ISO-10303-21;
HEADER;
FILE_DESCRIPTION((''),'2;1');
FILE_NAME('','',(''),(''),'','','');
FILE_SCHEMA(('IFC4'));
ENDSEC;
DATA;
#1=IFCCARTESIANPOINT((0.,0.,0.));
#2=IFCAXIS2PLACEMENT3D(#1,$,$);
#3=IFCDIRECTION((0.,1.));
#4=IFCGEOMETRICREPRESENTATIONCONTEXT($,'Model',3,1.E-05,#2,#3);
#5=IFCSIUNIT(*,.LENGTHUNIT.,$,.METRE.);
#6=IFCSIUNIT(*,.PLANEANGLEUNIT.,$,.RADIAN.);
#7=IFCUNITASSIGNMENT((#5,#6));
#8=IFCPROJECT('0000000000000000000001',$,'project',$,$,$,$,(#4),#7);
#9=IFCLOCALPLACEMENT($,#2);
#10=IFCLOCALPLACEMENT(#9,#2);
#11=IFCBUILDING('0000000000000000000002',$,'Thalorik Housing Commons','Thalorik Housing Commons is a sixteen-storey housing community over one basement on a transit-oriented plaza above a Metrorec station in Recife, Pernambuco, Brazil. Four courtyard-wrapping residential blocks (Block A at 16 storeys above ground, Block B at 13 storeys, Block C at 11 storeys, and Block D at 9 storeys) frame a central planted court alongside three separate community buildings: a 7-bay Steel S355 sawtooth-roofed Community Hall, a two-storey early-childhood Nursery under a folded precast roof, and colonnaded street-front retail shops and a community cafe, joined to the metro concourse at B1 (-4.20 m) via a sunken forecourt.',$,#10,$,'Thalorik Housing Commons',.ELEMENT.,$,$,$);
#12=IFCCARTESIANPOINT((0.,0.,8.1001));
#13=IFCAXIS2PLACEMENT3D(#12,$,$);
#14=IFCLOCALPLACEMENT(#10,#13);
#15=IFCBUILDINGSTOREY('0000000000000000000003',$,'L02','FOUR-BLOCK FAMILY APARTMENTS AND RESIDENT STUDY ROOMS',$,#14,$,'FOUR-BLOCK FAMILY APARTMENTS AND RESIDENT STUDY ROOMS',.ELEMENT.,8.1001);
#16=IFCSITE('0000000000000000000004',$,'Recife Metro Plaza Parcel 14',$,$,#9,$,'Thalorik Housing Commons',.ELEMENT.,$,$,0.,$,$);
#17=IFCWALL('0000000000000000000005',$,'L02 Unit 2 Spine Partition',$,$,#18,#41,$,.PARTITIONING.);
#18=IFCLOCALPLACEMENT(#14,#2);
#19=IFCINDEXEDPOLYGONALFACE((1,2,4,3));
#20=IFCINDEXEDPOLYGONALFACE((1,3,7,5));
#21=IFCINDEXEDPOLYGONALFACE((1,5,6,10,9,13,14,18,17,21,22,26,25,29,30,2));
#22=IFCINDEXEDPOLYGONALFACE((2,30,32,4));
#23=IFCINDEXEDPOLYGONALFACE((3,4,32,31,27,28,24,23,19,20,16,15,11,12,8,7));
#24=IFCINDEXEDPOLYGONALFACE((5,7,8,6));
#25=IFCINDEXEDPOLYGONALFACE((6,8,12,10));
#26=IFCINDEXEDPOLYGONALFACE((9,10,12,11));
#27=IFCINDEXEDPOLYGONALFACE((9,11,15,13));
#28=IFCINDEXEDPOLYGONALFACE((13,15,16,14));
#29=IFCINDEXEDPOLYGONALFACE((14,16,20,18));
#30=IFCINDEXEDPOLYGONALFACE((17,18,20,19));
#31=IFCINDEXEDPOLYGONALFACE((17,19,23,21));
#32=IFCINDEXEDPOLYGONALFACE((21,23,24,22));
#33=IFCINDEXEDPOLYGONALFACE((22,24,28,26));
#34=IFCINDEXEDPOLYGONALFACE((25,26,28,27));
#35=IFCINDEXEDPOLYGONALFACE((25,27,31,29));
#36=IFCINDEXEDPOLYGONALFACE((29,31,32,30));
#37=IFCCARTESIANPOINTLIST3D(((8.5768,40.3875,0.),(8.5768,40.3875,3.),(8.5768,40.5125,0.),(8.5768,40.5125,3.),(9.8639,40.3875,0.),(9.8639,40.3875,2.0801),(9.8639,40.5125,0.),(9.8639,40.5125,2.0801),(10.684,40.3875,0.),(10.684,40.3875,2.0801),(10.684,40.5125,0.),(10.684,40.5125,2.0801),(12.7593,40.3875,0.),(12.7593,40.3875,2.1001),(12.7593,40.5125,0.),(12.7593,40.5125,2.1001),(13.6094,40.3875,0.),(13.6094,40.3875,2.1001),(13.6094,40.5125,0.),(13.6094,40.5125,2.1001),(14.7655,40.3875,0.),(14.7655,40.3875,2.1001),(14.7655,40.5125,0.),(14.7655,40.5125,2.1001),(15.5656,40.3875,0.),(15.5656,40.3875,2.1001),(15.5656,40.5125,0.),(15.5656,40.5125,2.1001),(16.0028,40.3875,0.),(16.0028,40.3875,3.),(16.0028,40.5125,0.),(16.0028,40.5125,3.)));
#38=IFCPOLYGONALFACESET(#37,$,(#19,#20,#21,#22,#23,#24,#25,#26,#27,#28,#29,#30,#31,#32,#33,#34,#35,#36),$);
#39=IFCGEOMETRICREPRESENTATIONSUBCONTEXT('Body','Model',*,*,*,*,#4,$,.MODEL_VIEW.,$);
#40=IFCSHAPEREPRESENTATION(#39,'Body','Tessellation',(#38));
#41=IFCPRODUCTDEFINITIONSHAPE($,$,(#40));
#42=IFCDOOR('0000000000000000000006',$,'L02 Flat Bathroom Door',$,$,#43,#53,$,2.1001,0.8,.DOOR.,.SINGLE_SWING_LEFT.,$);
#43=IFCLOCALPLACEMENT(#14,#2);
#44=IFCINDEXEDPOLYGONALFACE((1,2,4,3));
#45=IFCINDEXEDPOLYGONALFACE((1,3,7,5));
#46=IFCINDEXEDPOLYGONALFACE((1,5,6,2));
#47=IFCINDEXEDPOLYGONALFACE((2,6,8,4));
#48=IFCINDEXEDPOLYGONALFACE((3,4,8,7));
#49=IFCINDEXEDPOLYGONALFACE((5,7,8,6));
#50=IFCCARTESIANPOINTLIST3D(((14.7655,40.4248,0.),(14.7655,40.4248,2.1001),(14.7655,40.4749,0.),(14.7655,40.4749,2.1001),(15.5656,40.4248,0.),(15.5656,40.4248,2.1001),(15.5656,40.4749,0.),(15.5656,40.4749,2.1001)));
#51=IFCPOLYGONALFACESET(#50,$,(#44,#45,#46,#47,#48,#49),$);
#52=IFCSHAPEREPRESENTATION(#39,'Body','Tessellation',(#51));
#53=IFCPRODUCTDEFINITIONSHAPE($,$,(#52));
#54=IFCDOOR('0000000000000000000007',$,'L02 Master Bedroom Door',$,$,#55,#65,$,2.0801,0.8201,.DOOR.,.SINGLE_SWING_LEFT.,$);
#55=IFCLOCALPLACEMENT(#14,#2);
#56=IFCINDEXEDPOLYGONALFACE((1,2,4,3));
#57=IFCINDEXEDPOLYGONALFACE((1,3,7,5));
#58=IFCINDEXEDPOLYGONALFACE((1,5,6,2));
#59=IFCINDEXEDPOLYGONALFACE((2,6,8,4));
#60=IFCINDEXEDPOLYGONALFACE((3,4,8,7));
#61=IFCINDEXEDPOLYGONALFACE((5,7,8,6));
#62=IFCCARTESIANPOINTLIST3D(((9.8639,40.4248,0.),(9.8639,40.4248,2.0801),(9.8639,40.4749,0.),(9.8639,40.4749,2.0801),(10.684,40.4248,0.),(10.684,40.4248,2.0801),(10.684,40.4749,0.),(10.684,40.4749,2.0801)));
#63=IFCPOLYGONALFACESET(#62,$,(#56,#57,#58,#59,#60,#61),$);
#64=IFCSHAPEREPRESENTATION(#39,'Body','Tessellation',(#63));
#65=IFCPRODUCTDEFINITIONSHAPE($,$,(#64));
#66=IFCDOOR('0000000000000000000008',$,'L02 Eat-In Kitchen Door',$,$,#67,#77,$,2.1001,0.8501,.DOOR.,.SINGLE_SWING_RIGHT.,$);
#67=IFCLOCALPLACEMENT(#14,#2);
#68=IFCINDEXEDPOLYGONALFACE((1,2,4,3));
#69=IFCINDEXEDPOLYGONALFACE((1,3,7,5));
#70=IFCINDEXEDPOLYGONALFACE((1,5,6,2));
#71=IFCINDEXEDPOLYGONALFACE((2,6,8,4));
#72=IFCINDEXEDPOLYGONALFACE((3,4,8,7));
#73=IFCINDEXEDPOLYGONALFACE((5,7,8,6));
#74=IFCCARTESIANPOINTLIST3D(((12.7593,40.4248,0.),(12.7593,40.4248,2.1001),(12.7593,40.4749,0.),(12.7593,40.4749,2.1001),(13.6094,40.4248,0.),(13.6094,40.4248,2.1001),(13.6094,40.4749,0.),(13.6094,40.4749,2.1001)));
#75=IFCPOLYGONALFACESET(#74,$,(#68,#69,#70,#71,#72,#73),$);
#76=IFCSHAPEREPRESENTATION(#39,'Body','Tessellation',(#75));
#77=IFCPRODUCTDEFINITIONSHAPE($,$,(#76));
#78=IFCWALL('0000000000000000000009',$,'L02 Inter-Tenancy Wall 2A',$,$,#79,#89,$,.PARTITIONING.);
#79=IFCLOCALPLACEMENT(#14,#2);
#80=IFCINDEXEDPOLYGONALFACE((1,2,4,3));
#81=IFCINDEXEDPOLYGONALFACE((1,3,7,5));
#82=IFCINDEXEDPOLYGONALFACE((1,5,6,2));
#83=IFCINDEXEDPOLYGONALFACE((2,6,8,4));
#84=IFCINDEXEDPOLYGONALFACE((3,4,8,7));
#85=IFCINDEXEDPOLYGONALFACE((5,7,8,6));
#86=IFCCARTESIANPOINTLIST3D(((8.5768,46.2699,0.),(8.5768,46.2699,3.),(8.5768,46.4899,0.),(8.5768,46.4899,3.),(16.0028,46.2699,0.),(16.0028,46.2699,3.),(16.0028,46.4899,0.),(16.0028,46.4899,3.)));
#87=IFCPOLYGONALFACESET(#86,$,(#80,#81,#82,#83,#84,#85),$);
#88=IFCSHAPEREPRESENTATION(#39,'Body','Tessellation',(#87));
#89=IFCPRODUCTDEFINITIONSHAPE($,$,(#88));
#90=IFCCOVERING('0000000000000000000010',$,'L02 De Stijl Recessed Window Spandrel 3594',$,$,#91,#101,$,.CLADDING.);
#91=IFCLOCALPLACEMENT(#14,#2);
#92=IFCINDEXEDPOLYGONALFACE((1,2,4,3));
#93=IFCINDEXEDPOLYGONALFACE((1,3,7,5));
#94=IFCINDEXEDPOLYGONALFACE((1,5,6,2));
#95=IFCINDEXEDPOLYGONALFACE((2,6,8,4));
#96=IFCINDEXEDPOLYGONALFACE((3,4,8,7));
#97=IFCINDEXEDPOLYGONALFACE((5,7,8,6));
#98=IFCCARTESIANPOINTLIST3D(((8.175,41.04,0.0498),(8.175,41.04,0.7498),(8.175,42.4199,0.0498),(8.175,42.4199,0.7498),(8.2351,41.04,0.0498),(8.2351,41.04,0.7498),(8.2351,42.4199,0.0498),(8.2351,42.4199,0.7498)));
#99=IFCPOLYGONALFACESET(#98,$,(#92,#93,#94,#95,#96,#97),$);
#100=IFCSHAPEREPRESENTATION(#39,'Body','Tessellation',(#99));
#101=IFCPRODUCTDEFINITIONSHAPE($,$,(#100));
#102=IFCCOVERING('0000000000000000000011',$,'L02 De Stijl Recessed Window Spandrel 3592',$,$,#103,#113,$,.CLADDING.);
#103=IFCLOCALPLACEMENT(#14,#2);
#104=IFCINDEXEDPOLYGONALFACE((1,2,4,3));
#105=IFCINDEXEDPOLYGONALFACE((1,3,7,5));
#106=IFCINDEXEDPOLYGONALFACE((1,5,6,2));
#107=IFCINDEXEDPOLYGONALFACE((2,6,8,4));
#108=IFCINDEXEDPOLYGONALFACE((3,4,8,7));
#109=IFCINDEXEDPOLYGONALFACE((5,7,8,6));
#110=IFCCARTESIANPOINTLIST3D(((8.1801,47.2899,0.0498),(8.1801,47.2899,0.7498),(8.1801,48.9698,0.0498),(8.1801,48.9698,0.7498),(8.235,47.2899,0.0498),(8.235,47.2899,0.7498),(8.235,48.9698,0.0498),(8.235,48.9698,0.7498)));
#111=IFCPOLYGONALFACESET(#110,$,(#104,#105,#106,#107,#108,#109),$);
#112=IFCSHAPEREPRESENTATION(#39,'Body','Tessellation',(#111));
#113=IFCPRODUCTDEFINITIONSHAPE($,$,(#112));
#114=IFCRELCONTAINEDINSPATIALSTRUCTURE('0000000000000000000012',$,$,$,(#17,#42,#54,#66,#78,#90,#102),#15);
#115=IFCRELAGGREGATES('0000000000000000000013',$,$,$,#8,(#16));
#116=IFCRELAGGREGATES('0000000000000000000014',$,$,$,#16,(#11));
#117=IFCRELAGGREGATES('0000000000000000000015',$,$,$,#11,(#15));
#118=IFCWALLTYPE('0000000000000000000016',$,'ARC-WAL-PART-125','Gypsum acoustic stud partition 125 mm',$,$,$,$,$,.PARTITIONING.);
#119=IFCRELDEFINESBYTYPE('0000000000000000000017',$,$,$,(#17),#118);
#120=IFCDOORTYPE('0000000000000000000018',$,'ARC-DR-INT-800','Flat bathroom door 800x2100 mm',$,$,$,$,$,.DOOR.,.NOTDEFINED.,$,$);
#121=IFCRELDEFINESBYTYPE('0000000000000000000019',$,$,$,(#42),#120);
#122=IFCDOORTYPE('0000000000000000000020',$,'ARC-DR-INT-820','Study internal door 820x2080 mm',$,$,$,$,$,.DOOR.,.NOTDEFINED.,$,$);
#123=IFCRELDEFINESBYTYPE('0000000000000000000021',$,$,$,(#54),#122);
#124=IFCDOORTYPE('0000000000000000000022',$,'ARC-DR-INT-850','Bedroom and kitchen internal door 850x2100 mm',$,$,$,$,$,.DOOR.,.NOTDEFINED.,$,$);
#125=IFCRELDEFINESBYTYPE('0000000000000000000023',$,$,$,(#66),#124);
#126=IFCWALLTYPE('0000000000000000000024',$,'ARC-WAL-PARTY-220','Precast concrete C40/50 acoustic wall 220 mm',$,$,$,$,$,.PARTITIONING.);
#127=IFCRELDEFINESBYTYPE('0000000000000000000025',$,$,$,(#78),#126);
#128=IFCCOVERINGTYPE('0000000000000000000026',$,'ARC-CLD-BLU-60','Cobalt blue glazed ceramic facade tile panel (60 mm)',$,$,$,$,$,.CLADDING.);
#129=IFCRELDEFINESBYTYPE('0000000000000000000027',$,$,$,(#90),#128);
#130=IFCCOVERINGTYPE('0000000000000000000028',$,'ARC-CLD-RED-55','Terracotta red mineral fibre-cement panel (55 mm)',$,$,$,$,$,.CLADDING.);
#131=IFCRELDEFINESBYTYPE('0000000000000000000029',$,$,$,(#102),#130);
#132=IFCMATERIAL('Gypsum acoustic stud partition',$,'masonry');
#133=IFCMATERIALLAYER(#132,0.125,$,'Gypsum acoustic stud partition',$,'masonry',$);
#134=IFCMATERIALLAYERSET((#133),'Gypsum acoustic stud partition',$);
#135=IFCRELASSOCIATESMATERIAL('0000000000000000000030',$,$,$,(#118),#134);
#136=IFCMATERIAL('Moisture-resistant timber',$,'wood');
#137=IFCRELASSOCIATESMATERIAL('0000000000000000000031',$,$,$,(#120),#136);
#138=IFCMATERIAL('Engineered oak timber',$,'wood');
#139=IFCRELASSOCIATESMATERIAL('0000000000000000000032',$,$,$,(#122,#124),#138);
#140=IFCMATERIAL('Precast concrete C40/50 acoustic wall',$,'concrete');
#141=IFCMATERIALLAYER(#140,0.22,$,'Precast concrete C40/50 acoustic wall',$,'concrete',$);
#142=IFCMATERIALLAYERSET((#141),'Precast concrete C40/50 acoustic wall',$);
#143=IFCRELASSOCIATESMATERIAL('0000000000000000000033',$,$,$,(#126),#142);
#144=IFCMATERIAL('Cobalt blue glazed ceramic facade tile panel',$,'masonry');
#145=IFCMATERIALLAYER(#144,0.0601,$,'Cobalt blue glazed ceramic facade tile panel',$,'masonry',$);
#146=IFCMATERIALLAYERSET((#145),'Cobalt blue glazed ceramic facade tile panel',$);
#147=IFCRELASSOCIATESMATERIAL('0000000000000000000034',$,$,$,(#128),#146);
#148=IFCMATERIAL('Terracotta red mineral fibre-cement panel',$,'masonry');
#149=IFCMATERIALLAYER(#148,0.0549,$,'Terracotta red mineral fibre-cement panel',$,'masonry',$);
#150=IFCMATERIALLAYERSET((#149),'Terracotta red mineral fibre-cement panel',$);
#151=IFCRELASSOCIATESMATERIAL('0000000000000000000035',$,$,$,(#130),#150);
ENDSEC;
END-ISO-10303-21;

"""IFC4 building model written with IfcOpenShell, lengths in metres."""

from ifc_helpers import new_model, si_unit, direction, frame, frame_2d, origin, origin_2d, place, context, subcontext, project, spatial, rectangle, extrude, material, layer, layer_set, type_object, element, fill, save


model = new_model("IFC4")

# Units and contexts
model_context = context("Model", 3, precision=1e-05, world=origin(), true_north=direction((0.0, 1.0)))
body_context = subcontext(model_context, "Body", "Model", "MODEL_VIEW")
ifc_project = project(units=[si_unit("LENGTHUNIT", "METRE"), si_unit("PLANEANGLEUNIT", "RADIAN")], contexts=[model_context])

# Site, building, storey
site_placement = place(None, origin())
site = spatial("IfcSite", under=ifc_project, at=site_placement, Name="Recife Metro Plaza Parcel 14", LongName="Thalorik Housing Commons", CompositionType="ELEMENT", RefElevation=0.0)
building_placement = place(site_placement, origin())
building = spatial("IfcBuilding", under=site, at=building_placement, Name="Thalorik Housing Commons", Description="Thalorik Housing Commons is a sixteen-storey housing community over one basement on a transit-oriented plaza above a Metrorec station in Recife, Pernambuco, Brazil. Four courtyard-wrapping residential blocks (Block A at 16 storeys above ground, Block B at 13 storeys, Block C at 11 storeys, and Block D at 9 storeys) frame a central planted court alongside three separate community buildings: a 7-bay Steel S355 sawtooth-roofed Community Hall, a two-storey early-childhood Nursery under a folded precast roof, and colonnaded street-front retail shops and a community cafe, joined to the metro concourse at B1 (-4.20 m) via a sunken forecourt.", LongName="Thalorik Housing Commons", CompositionType="ELEMENT")
storey_placement = place(building_placement, frame((0.0, 0.0, 8.1001)))
storey = spatial("IfcBuildingStorey", under=building, at=storey_placement, Name="L02", Description="FOUR-BLOCK FAMILY APARTMENTS AND RESIDENT STUDY ROOMS", LongName="FOUR-BLOCK FAMILY APARTMENTS AND RESIDENT STUDY ROOMS", CompositionType="ELEMENT", Elevation=8.1001)

# Wall, openings, doors
ifc_material_1 = material(Name="Gypsum acoustic stud partition", Category="masonry")
ifc_layer_1 = layer(ifc_material_1, 0.125, Name="Gypsum acoustic stud partition", Category="masonry")
ifc_layer_set_1 = layer_set([ifc_layer_1], Name="Gypsum acoustic stud partition")
wall_type_1 = type_object("IfcWallType", Name="ARC-WAL-PART-125", Description="Gypsum acoustic stud partition 125 mm", PredefinedType="PARTITIONING", material=ifc_layer_set_1)
wall_1_placement = place(storey_placement, frame((8.5769, 40.45, 0.0), z_axis=(0.0, 0.0, 1.0), x_axis=(1.0, 0.0, 0.0)))
wall_1 = element("IfcWall", 1, at=wall_1_placement, inside=storey, type_object=wall_type_1, Name="L02 Unit 2 Spine Partition", PredefinedType="PARTITIONING", context=body_context, shape_type="SweptSolid", body=[
    extrude(rectangle(XDim=7.426, YDim=0.125, at=frame_2d((3.7129, 0.0))), origin(), (0.0, 0.0, 1.0), 3.0),
])
opening_1_placement = place(wall_1_placement, frame((1.2869, 0.0, 0.0)))
opening_1 = element("IfcOpeningElement", 2, at=opening_1_placement, cuts=wall_1, PredefinedType="OPENING", context=body_context, shape_type="SweptSolid", body=[
    extrude(rectangle(XDim=0.8201, YDim=2.0801, at=frame_2d((0.4102, 1.04))), frame((0.0, 0.0725, 0.0), z_axis=(0.0, -1.0, 0.0), x_axis=(1.0, 0.0, 0.0)), (0.0, 0.0, 1.0), 0.145),
])
opening_2_placement = place(wall_1_placement, frame((4.1824, 0.0, 0.0)))
opening_2 = element("IfcOpeningElement", 3, at=opening_2_placement, cuts=wall_1, PredefinedType="OPENING", context=body_context, shape_type="SweptSolid", body=[
    extrude(rectangle(XDim=0.8501, YDim=2.1001, at=frame_2d((0.425, 1.05))), frame((0.0, 0.0725, 0.0), z_axis=(0.0, -1.0, 0.0), x_axis=(1.0, 0.0, 0.0)), (0.0, 0.0, 1.0), 0.145),
])
opening_3_placement = place(wall_1_placement, frame((6.1887, 0.0, 0.0)))
opening_3 = element("IfcOpeningElement", 4, at=opening_3_placement, cuts=wall_1, PredefinedType="OPENING", context=body_context, shape_type="SweptSolid", body=[
    extrude(rectangle(XDim=0.8, YDim=2.1001, at=frame_2d((0.3999, 1.05))), frame((0.0, 0.0725, 0.0), z_axis=(0.0, -1.0, 0.0), x_axis=(1.0, 0.0, 0.0)), (0.0, 0.0, 1.0), 0.145),
])
ifc_material_2 = material(Name="Moisture-resistant timber", Category="wood")
door_type_1 = type_object("IfcDoorType", Name="ARC-DR-INT-800", Description="Flat bathroom door 800x2100 mm", OperationType="NOTDEFINED", PredefinedType="DOOR", material=ifc_material_2)
door_1_placement = place(opening_3_placement, origin())
door_1 = element("IfcDoor", 5, at=door_1_placement, inside=storey, type_object=door_type_1, Name="L02 Flat Bathroom Door", OperationType="SINGLE_SWING_LEFT", OverallHeight=2.1001, OverallWidth=0.8, PredefinedType="DOOR", context=body_context, shape_type="SweptSolid", body=[
    extrude(rectangle(XDim=0.8, YDim=2.1001, at=frame_2d((0.3999, 1.05))), frame((0.0, 0.0249, 0.0), z_axis=(0.0, -1.0, 0.0), x_axis=(1.0, 0.0, 0.0)), (0.0, 0.0, 1.0), 0.05),
])
fill(opening_3, door_1)
ifc_material_3 = material(Name="Engineered oak timber", Category="wood")
door_type_2 = type_object("IfcDoorType", Name="ARC-DR-INT-820", Description="Study internal door 820x2080 mm", OperationType="NOTDEFINED", PredefinedType="DOOR", material=ifc_material_3)
door_2_placement = place(opening_1_placement, origin())
door_2 = element("IfcDoor", 6, at=door_2_placement, inside=storey, type_object=door_type_2, Name="L02 Master Bedroom Door", OperationType="SINGLE_SWING_LEFT", OverallHeight=2.0801, OverallWidth=0.8201, PredefinedType="DOOR", context=body_context, shape_type="SweptSolid", body=[
    extrude(rectangle(XDim=0.8201, YDim=2.0801, at=frame_2d((0.4102, 1.04))), frame((0.0, 0.0249, 0.0), z_axis=(0.0, -1.0, 0.0), x_axis=(1.0, 0.0, 0.0)), (0.0, 0.0, 1.0), 0.05),
])
fill(opening_1, door_2)
door_type_3 = type_object("IfcDoorType", Name="ARC-DR-INT-850", Description="Bedroom and kitchen internal door 850x2100 mm", OperationType="NOTDEFINED", PredefinedType="DOOR", material=ifc_material_3)
door_3_placement = place(opening_2_placement, origin())
door_3 = element("IfcDoor", 7, at=door_3_placement, inside=storey, type_object=door_type_3, Name="L02 Eat-In Kitchen Door", OperationType="SINGLE_SWING_RIGHT", OverallHeight=2.1001, OverallWidth=0.8501, PredefinedType="DOOR", context=body_context, shape_type="SweptSolid", body=[
    extrude(rectangle(XDim=0.8501, YDim=2.1001, at=frame_2d((0.425, 1.05))), frame((0.0, 0.0249, 0.0), z_axis=(0.0, -1.0, 0.0), x_axis=(1.0, 0.0, 0.0)), (0.0, 0.0, 1.0), 0.05),
])
fill(opening_2, door_3)

# Wall
ifc_material_4 = material(Name="Precast concrete C40/50 acoustic wall", Category="concrete")
ifc_layer_2 = layer(ifc_material_4, 0.22, Name="Precast concrete C40/50 acoustic wall", Category="concrete")
ifc_layer_set_2 = layer_set([ifc_layer_2], Name="Precast concrete C40/50 acoustic wall")
wall_type_2 = type_object("IfcWallType", Name="ARC-WAL-PARTY-220", Description="Precast concrete C40/50 acoustic wall 220 mm", PredefinedType="PARTITIONING", material=ifc_layer_set_2)
wall_2_placement = place(storey_placement, frame((8.5769, 46.3799, 0.0), z_axis=(0.0, 0.0, 1.0), x_axis=(1.0, 0.0, 0.0)))
element("IfcWall", 8, at=wall_2_placement, inside=storey, type_object=wall_type_2, Name="L02 Inter-Tenancy Wall 2A", PredefinedType="PARTITIONING", context=body_context, shape_type="SweptSolid", body=[
    extrude(rectangle(XDim=7.426, YDim=0.22, at=frame_2d((3.7129, 0.0))), origin(), (0.0, 0.0, 1.0), 3.0),
])

# Coverings
ifc_material_5 = material(Name="Cobalt blue glazed ceramic facade tile panel", Category="masonry")
ifc_layer_3 = layer(ifc_material_5, 0.0601, Name="Cobalt blue glazed ceramic facade tile panel", Category="masonry")
ifc_layer_set_3 = layer_set([ifc_layer_3], Name="Cobalt blue glazed ceramic facade tile panel")
covering_type_1 = type_object("IfcCoveringType", Name="ARC-CLD-BLU-60", Description="Cobalt blue glazed ceramic facade tile panel (60 mm)", PredefinedType="CLADDING", material=ifc_layer_set_3)
covering_1_placement = place(storey_placement, frame((8.2051, 41.73, 0.0498), z_axis=(0.0, 0.0, 1.0), x_axis=(0.0, -1.0, 0.0)))
element("IfcCovering", 9, at=covering_1_placement, inside=storey, type_object=covering_type_1, Name="L02 De Stijl Recessed Window Spandrel 3594", PredefinedType="CLADDING", context=body_context, shape_type="SweptSolid", body=[
    extrude(rectangle(XDim=1.3799, YDim=0.0601, at=origin_2d()), origin(), (0.0, 0.0, 1.0), 0.7),
])
ifc_material_6 = material(Name="Terracotta red mineral fibre-cement panel", Category="masonry")
ifc_layer_4 = layer(ifc_material_6, 0.0549, Name="Terracotta red mineral fibre-cement panel", Category="masonry")
ifc_layer_set_4 = layer_set([ifc_layer_4], Name="Terracotta red mineral fibre-cement panel")
covering_type_2 = type_object("IfcCoveringType", Name="ARC-CLD-RED-55", Description="Terracotta red mineral fibre-cement panel (55 mm)", PredefinedType="CLADDING", material=ifc_layer_set_4)
covering_2_placement = place(storey_placement, frame((8.2075, 48.1299, 0.0498), z_axis=(0.0, 0.0, 1.0), x_axis=(0.0, -1.0, 0.0)))
element("IfcCovering", 10, at=covering_2_placement, inside=storey, type_object=covering_type_2, Name="L02 De Stijl Recessed Window Spandrel 3592", PredefinedType="CLADDING", context=body_context, shape_type="SweptSolid", body=[
    extrude(rectangle(XDim=1.6799, YDim=0.0549, at=origin_2d()), origin(), (0.0, 0.0, 1.0), 0.7),
])

save(model, "model.ifc")
